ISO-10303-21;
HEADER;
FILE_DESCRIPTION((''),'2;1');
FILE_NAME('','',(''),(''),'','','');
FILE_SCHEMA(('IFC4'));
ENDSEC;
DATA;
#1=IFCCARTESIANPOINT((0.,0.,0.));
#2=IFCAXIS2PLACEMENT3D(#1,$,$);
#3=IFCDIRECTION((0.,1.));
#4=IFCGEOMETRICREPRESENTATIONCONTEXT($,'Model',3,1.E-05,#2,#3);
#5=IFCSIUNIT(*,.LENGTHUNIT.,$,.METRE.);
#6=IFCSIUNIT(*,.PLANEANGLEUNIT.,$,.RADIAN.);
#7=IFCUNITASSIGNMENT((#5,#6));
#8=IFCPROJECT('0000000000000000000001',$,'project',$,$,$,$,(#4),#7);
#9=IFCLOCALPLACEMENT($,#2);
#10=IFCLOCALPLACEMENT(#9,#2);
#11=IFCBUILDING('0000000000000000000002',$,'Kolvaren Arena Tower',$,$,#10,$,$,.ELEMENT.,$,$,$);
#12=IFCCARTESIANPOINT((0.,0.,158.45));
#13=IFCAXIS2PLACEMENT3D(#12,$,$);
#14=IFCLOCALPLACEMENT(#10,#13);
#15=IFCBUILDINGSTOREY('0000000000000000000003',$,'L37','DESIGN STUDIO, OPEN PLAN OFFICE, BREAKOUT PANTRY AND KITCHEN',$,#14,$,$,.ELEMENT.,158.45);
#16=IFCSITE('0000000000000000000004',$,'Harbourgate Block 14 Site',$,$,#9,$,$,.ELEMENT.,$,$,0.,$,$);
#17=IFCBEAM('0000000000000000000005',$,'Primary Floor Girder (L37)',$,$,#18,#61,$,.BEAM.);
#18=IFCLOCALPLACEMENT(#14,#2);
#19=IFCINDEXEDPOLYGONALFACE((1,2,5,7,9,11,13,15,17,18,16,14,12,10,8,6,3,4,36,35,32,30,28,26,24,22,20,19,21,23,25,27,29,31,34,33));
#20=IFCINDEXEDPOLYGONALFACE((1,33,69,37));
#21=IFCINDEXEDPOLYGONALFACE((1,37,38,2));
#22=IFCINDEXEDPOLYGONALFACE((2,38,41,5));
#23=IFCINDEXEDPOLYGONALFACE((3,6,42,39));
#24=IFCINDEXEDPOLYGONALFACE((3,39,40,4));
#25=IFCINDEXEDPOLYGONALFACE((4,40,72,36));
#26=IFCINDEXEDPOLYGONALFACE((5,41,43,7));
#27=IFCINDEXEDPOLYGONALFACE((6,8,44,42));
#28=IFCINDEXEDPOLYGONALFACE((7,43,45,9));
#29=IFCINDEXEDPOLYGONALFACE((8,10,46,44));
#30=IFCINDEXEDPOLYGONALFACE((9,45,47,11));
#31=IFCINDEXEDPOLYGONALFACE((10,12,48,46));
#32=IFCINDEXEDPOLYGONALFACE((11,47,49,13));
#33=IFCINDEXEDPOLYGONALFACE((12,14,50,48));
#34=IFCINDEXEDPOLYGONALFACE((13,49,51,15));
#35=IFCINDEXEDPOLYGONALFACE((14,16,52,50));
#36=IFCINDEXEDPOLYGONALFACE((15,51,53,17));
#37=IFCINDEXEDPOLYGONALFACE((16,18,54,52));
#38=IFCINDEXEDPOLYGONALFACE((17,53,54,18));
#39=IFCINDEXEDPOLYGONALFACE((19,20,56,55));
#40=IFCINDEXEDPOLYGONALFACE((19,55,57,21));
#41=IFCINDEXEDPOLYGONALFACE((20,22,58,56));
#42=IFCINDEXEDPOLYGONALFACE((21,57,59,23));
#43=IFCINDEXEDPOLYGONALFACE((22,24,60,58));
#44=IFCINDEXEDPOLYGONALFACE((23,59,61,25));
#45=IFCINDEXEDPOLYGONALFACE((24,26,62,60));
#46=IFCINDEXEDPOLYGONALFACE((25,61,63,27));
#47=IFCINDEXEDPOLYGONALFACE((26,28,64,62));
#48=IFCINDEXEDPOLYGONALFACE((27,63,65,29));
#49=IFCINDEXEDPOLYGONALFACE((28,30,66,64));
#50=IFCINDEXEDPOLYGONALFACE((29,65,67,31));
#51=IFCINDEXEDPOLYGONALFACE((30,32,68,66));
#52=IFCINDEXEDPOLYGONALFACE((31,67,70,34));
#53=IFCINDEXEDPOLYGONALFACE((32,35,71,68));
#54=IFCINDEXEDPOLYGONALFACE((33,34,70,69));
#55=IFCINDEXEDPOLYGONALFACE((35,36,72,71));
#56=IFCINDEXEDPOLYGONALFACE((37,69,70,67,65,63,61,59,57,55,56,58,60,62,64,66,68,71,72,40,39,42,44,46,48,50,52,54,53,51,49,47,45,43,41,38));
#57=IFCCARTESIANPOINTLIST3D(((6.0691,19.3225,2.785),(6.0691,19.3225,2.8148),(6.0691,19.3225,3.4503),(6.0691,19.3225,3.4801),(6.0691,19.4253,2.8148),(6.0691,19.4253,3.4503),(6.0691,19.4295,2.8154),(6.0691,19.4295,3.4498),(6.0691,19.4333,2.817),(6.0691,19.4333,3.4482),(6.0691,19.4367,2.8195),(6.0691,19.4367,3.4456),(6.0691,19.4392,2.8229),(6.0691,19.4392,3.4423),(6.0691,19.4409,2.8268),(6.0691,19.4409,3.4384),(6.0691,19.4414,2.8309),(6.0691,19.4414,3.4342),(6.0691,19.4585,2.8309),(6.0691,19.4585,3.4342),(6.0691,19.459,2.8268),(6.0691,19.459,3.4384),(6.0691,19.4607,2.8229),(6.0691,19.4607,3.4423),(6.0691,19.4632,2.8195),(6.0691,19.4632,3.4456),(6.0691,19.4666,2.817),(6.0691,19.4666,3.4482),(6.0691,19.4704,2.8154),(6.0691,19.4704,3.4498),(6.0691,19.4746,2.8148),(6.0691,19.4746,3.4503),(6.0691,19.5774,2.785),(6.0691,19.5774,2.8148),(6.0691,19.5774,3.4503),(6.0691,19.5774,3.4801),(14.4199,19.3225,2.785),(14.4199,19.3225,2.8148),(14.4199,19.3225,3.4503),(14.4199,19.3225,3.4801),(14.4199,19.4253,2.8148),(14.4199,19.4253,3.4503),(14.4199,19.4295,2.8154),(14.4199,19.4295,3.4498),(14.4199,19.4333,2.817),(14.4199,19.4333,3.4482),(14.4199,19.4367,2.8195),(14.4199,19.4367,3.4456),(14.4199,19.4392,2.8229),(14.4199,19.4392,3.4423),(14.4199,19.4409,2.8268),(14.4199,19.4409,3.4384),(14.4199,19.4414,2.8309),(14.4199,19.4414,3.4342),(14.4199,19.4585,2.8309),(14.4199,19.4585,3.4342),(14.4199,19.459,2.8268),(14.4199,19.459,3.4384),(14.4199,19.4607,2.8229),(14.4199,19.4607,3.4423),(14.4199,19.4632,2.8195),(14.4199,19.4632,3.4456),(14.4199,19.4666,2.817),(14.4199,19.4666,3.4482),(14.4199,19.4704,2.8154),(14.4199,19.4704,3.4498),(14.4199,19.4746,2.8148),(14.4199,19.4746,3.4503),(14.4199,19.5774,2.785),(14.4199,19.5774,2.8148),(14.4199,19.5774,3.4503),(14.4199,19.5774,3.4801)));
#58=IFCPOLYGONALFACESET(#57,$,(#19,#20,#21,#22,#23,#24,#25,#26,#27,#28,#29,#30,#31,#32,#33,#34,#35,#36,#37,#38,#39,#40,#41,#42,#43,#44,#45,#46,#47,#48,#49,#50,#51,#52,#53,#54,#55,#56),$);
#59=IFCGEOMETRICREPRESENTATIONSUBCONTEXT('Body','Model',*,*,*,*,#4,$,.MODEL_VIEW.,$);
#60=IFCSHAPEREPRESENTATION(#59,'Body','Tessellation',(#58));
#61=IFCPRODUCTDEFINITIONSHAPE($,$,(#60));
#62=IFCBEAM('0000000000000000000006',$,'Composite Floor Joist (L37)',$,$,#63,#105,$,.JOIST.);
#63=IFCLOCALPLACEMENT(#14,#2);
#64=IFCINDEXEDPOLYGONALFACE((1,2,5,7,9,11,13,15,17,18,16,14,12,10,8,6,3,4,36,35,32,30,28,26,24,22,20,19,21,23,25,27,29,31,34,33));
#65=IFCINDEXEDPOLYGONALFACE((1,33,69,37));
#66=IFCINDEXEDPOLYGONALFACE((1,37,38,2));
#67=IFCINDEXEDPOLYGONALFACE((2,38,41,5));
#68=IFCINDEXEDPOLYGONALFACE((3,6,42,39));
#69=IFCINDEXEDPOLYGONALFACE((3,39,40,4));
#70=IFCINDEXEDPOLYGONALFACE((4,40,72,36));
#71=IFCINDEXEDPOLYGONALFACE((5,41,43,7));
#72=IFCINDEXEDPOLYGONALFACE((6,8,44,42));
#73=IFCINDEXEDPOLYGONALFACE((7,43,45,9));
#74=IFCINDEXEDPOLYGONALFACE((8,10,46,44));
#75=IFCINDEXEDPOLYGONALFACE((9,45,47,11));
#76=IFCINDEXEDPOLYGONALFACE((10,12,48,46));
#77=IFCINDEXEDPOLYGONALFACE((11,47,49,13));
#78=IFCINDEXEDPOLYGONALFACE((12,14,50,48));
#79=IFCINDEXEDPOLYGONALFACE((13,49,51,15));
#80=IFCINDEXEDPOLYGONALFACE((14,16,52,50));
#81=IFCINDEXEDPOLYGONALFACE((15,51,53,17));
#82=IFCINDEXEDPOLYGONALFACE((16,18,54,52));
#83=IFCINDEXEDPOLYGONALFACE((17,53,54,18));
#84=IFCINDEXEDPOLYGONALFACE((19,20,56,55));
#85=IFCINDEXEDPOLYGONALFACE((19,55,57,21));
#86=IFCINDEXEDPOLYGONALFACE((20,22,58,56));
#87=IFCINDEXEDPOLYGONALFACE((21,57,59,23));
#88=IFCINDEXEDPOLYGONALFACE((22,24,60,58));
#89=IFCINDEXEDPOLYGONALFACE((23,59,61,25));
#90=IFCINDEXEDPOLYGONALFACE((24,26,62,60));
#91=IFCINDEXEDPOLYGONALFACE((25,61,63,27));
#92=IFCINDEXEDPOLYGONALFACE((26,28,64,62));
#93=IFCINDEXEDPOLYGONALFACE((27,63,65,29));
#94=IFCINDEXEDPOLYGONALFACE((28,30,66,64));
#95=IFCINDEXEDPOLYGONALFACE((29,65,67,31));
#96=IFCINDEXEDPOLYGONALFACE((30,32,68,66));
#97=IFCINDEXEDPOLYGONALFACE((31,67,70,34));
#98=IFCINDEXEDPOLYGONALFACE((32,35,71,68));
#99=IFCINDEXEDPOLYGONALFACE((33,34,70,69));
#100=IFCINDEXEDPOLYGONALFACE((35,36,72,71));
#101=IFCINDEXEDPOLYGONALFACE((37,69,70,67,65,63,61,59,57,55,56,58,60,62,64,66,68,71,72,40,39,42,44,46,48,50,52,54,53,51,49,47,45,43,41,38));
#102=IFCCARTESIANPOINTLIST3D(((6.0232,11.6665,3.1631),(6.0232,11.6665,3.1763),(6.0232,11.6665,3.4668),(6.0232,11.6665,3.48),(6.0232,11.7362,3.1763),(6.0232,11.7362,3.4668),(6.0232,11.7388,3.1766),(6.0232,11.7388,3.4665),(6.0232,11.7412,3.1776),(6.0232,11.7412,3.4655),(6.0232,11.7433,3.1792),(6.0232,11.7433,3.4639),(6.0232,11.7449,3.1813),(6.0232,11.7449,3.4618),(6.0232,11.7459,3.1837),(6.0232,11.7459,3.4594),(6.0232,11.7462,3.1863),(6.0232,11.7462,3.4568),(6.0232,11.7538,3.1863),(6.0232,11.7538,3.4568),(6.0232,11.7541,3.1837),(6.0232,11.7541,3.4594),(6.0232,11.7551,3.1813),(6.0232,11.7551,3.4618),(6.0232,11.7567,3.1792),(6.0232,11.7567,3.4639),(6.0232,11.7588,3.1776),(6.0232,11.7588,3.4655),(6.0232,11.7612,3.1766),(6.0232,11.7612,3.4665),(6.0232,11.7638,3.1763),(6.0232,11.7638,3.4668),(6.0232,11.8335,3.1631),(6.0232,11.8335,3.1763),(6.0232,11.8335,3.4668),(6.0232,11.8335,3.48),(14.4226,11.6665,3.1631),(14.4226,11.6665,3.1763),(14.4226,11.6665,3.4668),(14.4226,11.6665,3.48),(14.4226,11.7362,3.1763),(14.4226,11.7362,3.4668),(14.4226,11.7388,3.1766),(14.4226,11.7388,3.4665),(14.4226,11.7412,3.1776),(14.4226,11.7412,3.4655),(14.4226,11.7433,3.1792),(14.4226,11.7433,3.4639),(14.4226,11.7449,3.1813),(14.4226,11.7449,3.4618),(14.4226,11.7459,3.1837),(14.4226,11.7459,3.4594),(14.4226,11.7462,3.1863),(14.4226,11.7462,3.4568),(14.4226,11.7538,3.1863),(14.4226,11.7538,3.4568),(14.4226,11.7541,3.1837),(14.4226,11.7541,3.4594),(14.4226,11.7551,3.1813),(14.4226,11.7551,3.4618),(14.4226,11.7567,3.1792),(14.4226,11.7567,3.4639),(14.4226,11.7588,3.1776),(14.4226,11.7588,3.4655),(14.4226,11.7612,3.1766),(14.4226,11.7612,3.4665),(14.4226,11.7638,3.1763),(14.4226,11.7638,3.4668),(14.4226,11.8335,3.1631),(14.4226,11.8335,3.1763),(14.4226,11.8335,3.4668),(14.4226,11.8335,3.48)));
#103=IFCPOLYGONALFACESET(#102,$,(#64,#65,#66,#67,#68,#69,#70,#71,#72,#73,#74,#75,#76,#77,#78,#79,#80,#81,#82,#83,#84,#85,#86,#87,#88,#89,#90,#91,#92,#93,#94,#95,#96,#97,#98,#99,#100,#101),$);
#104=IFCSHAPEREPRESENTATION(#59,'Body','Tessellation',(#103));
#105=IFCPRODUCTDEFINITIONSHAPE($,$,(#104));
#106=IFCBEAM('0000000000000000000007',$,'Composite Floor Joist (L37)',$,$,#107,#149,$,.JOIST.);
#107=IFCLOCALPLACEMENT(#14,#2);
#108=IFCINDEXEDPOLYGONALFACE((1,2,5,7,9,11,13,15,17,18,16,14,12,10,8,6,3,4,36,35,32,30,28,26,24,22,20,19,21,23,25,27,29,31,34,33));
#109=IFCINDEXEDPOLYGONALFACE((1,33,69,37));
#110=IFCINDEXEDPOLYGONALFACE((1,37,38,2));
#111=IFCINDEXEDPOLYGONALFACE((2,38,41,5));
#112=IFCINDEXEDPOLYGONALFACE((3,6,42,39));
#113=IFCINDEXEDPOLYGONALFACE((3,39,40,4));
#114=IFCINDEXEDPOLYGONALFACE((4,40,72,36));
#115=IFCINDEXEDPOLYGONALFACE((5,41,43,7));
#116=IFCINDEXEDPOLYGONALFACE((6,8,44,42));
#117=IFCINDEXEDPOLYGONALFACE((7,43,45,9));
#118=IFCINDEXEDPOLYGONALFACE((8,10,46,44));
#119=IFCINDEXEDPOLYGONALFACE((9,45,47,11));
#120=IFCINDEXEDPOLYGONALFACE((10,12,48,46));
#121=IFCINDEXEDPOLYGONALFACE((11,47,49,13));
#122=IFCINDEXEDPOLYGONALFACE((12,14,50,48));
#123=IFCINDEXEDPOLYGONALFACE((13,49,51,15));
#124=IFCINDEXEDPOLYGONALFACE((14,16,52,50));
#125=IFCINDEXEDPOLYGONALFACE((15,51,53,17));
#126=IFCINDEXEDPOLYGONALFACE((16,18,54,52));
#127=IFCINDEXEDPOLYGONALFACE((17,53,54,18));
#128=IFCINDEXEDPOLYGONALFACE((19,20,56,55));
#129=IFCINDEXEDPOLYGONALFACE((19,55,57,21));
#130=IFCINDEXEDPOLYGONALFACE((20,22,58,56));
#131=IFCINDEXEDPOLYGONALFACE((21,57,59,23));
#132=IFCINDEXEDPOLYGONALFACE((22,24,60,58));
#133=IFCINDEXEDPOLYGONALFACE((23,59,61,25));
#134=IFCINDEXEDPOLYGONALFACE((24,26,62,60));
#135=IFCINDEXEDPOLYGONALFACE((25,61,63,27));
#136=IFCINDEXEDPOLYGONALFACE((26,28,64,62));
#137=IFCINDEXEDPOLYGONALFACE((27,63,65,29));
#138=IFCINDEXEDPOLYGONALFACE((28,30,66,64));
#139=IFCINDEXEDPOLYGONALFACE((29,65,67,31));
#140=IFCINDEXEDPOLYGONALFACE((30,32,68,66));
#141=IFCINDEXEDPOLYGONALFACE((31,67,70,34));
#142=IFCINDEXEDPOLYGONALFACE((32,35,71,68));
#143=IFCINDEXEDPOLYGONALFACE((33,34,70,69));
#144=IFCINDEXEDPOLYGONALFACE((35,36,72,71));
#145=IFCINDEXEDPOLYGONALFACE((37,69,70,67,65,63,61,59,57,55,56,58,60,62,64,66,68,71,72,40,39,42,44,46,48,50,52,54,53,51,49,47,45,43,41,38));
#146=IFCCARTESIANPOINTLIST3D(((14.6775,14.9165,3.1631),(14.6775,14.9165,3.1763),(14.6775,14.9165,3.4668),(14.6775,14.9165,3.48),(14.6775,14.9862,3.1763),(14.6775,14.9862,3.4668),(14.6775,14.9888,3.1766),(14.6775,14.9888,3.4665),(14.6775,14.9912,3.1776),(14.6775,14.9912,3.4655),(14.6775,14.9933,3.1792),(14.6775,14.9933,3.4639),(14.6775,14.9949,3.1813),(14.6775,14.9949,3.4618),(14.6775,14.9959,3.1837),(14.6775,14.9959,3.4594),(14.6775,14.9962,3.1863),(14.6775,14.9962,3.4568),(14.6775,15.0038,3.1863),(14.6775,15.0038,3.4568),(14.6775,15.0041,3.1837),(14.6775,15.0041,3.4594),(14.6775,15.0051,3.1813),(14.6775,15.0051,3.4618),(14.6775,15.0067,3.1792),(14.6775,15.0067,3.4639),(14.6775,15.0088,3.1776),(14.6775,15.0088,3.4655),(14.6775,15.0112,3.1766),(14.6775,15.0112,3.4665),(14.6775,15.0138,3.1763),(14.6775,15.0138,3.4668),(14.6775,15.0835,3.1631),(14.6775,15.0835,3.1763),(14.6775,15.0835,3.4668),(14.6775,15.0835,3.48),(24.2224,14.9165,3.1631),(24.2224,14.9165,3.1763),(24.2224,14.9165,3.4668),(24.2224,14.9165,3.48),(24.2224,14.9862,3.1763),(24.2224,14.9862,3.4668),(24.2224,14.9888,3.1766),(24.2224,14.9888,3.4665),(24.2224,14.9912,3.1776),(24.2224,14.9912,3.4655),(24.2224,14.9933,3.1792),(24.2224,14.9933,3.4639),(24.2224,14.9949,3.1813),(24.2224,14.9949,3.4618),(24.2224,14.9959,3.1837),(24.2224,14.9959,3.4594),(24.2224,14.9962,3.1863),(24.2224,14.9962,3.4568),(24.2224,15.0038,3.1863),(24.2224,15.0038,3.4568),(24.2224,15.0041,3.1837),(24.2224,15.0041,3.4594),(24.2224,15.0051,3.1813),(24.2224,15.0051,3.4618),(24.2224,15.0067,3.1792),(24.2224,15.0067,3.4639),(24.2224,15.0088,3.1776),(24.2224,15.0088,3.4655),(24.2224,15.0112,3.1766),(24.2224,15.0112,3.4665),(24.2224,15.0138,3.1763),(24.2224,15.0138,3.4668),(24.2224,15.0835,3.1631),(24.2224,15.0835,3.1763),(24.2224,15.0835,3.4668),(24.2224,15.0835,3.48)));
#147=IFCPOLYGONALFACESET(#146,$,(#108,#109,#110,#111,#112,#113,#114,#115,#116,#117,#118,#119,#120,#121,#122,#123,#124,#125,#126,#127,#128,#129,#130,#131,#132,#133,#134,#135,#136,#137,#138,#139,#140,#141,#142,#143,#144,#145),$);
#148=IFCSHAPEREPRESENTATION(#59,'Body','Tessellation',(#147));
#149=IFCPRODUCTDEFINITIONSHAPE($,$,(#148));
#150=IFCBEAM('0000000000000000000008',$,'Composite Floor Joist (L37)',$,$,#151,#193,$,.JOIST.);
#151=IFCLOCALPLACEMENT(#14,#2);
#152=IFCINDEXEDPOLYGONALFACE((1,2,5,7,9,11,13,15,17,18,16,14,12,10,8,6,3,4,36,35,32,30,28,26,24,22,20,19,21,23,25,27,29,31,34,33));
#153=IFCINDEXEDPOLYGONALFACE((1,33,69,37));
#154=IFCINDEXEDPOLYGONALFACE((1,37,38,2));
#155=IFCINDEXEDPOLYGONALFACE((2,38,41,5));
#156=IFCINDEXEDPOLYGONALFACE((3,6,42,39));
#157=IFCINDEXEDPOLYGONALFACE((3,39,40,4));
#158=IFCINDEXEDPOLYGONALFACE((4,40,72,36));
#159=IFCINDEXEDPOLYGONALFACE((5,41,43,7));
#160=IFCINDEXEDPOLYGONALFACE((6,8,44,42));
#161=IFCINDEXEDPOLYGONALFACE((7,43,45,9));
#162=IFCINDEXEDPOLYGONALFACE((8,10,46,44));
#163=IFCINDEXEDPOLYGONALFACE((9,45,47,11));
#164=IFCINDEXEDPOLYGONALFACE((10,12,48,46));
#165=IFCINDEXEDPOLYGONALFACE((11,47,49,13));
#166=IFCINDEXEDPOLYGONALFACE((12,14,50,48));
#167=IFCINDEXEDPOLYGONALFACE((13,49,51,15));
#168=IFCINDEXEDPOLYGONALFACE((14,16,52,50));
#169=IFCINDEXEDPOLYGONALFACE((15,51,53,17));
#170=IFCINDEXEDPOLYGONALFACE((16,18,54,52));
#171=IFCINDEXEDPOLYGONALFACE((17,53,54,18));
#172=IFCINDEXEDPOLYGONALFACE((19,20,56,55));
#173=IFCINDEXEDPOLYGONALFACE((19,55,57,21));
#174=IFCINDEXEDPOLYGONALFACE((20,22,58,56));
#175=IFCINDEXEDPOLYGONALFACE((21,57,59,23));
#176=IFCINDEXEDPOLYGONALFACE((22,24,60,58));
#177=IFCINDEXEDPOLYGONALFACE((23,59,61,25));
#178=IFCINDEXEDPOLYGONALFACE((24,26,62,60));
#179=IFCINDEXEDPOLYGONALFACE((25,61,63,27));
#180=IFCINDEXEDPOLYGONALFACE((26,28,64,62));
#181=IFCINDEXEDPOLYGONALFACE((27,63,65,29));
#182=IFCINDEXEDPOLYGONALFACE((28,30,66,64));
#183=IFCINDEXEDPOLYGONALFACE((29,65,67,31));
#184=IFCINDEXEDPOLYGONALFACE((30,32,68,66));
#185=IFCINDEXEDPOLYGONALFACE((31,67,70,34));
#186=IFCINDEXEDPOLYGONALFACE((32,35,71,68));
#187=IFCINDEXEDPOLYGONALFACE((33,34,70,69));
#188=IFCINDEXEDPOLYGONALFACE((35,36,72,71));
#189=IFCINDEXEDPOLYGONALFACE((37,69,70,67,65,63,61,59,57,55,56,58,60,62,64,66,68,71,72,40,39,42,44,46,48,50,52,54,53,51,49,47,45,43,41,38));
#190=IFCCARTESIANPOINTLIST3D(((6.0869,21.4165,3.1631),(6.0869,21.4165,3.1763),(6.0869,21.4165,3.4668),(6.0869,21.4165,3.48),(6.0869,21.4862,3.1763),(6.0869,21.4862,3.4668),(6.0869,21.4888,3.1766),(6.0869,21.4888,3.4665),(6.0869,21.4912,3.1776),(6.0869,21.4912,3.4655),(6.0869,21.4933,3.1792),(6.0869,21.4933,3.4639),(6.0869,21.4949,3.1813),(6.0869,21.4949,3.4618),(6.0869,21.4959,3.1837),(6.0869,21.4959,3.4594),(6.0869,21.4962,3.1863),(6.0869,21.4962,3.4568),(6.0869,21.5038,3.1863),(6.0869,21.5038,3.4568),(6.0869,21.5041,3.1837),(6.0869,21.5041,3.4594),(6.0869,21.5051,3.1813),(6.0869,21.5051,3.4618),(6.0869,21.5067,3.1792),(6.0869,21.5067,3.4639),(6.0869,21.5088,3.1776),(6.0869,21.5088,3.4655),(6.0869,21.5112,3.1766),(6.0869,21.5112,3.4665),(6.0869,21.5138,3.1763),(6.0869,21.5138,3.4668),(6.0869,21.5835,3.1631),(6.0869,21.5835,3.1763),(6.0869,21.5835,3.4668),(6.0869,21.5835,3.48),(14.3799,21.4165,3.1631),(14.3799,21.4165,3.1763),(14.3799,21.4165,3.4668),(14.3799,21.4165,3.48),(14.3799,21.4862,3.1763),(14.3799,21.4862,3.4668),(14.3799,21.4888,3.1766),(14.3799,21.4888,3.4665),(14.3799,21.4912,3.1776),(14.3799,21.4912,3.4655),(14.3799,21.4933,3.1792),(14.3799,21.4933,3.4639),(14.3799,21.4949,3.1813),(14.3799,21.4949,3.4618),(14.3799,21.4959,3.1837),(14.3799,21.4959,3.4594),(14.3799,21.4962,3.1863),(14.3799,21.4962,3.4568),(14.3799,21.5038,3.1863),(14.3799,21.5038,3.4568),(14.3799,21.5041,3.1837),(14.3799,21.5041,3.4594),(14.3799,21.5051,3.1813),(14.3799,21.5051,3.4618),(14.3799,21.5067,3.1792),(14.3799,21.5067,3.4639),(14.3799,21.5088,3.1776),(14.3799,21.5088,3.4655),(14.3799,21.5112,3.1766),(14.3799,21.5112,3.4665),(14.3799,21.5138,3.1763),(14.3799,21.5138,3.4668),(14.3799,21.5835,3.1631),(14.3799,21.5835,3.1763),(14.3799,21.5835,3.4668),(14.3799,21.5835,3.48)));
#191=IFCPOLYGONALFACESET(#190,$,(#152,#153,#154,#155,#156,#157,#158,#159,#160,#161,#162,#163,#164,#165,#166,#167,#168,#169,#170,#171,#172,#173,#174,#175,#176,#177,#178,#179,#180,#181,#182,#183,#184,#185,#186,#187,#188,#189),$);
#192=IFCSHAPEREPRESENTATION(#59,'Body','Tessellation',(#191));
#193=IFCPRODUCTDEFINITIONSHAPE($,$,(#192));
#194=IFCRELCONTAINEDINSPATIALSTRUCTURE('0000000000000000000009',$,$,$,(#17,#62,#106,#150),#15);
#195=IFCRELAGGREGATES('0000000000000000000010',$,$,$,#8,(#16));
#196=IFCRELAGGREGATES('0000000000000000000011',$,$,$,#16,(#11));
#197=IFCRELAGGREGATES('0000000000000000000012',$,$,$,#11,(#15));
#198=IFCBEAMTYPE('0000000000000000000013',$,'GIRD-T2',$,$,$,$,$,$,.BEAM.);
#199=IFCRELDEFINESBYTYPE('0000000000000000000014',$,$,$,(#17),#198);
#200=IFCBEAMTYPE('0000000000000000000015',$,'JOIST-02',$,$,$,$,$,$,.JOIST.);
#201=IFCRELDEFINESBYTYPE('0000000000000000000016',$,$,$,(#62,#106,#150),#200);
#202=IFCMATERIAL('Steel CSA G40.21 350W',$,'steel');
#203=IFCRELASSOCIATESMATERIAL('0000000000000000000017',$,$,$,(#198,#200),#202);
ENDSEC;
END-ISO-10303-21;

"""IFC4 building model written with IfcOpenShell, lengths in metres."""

from ifc_helpers import new_model, si_unit, direction, frame, origin, origin_2d, place, context, subcontext, project, spatial, i_section, extrude, material, material_profile, profile_set, type_object, element, save


model = new_model("IFC4")

# Units and contexts
model_context = context("Model", 3, precision=1e-05, world=origin(), true_north=direction((0.0, 1.0)))
body_context = subcontext(model_context, "Body", "Model", "MODEL_VIEW")
ifc_project = project(units=[si_unit("LENGTHUNIT", "METRE"), si_unit("PLANEANGLEUNIT", "RADIAN")], contexts=[model_context])

# Site, building, storey
site_placement = place(None, origin())
site = spatial("IfcSite", under=ifc_project, at=site_placement, Name="Harbourgate Block 14 Site", CompositionType="ELEMENT", RefElevation=0.0)
building_placement = place(site_placement, origin())
building = spatial("IfcBuilding", under=site, at=building_placement, Name="Kolvaren Arena Tower", CompositionType="ELEMENT")
storey_placement = place(building_placement, frame((0.0, 0.0, 158.45)))
storey = spatial("IfcBuildingStorey", under=building, at=storey_placement, Name="L37", Description="DESIGN STUDIO, OPEN PLAN OFFICE, BREAKOUT PANTRY AND KITCHEN", CompositionType="ELEMENT", Elevation=158.45)

# Beams
ifc_material_1 = material(Name="Steel CSA G40.21 350W", Category="steel")
ifc_material_profile_1 = material_profile(ifc_material_1, i_section(OverallWidth=0.2549, OverallDepth=0.6951, WebThickness=0.0171, FlangeThickness=0.0298, FilletRadius=0.0161, at=origin_2d()), Name="W690x217")
ifc_profile_set_1 = profile_set([ifc_material_profile_1], Name="Steel CSA G40.21 350W")
beam_type_1 = type_object("IfcBeamType", Name="GIRD-T2", PredefinedType="BEAM", material=ifc_profile_set_1)
beam_1_placement = place(storey_placement, frame((6.0691, 19.45, 3.1326), z_axis=(1.0, 0.0, 0.0), x_axis=(0.0, 1.0, 0.0)))
element("IfcBeam", 1, at=beam_1_placement, inside=storey, type_object=beam_type_1, Name="Primary Floor Girder (L37)", PredefinedType="BEAM", context=body_context, shape_type="SweptSolid", body=[
    extrude(i_section(OverallWidth=0.2549, OverallDepth=0.6951, WebThickness=0.0171, FlangeThickness=0.0298, FilletRadius=0.0161, at=origin_2d()), origin(), (0.0, 0.0, 1.0), 8.3508),
])
ifc_material_profile_2 = material_profile(ifc_material_1, i_section(OverallWidth=0.167, OverallDepth=0.3169, WebThickness=0.0076, FlangeThickness=0.0132, FilletRadius=0.01, at=origin_2d()), Name="W310x52")
ifc_profile_set_2 = profile_set([ifc_material_profile_2], Name="Steel CSA G40.21 350W")
beam_type_2 = type_object("IfcBeamType", Name="JOIST-02", PredefinedType="JOIST", material=ifc_profile_set_2)
beam_2_placement = place(storey_placement, frame((6.0232, 11.75, 3.3215), z_axis=(1.0, 0.0, 0.0), x_axis=(0.0, 1.0, 0.0)))
element("IfcBeam", 2, at=beam_2_placement, inside=storey, type_object=beam_type_2, Name="Composite Floor Joist (L37)", PredefinedType="JOIST", context=body_context, shape_type="SweptSolid", body=[
    extrude(i_section(OverallWidth=0.167, OverallDepth=0.3169, WebThickness=0.0076, FlangeThickness=0.0132, FilletRadius=0.01, at=origin_2d()), origin(), (0.0, 0.0, 1.0), 8.3994),
])
beam_3_placement = place(storey_placement, frame((14.6775, 15.0, 3.3215), z_axis=(1.0, 0.0, 0.0), x_axis=(0.0, 1.0, 0.0)))
element("IfcBeam", 3, at=beam_3_placement, inside=storey, type_object=beam_type_2, Name="Composite Floor Joist (L37)", PredefinedType="JOIST", context=body_context, shape_type="SweptSolid", body=[
    extrude(i_section(OverallWidth=0.167, OverallDepth=0.3169, WebThickness=0.0076, FlangeThickness=0.0132, FilletRadius=0.01, at=origin_2d()), origin(), (0.0, 0.0, 1.0), 9.5449),
])
beam_4_placement = place(storey_placement, frame((6.0869, 21.5, 3.3215), z_axis=(1.0, 0.0, 0.0), x_axis=(0.0, 1.0, 0.0)))
element("IfcBeam", 4, at=beam_4_placement, inside=storey, type_object=beam_type_2, Name="Composite Floor Joist (L37)", PredefinedType="JOIST", context=body_context, shape_type="SweptSolid", body=[
    extrude(i_section(OverallWidth=0.167, OverallDepth=0.3169, WebThickness=0.0076, FlangeThickness=0.0132, FilletRadius=0.01, at=origin_2d()), origin(), (0.0, 0.0, 1.0), 8.293),
])

save(model, "model.ifc")
